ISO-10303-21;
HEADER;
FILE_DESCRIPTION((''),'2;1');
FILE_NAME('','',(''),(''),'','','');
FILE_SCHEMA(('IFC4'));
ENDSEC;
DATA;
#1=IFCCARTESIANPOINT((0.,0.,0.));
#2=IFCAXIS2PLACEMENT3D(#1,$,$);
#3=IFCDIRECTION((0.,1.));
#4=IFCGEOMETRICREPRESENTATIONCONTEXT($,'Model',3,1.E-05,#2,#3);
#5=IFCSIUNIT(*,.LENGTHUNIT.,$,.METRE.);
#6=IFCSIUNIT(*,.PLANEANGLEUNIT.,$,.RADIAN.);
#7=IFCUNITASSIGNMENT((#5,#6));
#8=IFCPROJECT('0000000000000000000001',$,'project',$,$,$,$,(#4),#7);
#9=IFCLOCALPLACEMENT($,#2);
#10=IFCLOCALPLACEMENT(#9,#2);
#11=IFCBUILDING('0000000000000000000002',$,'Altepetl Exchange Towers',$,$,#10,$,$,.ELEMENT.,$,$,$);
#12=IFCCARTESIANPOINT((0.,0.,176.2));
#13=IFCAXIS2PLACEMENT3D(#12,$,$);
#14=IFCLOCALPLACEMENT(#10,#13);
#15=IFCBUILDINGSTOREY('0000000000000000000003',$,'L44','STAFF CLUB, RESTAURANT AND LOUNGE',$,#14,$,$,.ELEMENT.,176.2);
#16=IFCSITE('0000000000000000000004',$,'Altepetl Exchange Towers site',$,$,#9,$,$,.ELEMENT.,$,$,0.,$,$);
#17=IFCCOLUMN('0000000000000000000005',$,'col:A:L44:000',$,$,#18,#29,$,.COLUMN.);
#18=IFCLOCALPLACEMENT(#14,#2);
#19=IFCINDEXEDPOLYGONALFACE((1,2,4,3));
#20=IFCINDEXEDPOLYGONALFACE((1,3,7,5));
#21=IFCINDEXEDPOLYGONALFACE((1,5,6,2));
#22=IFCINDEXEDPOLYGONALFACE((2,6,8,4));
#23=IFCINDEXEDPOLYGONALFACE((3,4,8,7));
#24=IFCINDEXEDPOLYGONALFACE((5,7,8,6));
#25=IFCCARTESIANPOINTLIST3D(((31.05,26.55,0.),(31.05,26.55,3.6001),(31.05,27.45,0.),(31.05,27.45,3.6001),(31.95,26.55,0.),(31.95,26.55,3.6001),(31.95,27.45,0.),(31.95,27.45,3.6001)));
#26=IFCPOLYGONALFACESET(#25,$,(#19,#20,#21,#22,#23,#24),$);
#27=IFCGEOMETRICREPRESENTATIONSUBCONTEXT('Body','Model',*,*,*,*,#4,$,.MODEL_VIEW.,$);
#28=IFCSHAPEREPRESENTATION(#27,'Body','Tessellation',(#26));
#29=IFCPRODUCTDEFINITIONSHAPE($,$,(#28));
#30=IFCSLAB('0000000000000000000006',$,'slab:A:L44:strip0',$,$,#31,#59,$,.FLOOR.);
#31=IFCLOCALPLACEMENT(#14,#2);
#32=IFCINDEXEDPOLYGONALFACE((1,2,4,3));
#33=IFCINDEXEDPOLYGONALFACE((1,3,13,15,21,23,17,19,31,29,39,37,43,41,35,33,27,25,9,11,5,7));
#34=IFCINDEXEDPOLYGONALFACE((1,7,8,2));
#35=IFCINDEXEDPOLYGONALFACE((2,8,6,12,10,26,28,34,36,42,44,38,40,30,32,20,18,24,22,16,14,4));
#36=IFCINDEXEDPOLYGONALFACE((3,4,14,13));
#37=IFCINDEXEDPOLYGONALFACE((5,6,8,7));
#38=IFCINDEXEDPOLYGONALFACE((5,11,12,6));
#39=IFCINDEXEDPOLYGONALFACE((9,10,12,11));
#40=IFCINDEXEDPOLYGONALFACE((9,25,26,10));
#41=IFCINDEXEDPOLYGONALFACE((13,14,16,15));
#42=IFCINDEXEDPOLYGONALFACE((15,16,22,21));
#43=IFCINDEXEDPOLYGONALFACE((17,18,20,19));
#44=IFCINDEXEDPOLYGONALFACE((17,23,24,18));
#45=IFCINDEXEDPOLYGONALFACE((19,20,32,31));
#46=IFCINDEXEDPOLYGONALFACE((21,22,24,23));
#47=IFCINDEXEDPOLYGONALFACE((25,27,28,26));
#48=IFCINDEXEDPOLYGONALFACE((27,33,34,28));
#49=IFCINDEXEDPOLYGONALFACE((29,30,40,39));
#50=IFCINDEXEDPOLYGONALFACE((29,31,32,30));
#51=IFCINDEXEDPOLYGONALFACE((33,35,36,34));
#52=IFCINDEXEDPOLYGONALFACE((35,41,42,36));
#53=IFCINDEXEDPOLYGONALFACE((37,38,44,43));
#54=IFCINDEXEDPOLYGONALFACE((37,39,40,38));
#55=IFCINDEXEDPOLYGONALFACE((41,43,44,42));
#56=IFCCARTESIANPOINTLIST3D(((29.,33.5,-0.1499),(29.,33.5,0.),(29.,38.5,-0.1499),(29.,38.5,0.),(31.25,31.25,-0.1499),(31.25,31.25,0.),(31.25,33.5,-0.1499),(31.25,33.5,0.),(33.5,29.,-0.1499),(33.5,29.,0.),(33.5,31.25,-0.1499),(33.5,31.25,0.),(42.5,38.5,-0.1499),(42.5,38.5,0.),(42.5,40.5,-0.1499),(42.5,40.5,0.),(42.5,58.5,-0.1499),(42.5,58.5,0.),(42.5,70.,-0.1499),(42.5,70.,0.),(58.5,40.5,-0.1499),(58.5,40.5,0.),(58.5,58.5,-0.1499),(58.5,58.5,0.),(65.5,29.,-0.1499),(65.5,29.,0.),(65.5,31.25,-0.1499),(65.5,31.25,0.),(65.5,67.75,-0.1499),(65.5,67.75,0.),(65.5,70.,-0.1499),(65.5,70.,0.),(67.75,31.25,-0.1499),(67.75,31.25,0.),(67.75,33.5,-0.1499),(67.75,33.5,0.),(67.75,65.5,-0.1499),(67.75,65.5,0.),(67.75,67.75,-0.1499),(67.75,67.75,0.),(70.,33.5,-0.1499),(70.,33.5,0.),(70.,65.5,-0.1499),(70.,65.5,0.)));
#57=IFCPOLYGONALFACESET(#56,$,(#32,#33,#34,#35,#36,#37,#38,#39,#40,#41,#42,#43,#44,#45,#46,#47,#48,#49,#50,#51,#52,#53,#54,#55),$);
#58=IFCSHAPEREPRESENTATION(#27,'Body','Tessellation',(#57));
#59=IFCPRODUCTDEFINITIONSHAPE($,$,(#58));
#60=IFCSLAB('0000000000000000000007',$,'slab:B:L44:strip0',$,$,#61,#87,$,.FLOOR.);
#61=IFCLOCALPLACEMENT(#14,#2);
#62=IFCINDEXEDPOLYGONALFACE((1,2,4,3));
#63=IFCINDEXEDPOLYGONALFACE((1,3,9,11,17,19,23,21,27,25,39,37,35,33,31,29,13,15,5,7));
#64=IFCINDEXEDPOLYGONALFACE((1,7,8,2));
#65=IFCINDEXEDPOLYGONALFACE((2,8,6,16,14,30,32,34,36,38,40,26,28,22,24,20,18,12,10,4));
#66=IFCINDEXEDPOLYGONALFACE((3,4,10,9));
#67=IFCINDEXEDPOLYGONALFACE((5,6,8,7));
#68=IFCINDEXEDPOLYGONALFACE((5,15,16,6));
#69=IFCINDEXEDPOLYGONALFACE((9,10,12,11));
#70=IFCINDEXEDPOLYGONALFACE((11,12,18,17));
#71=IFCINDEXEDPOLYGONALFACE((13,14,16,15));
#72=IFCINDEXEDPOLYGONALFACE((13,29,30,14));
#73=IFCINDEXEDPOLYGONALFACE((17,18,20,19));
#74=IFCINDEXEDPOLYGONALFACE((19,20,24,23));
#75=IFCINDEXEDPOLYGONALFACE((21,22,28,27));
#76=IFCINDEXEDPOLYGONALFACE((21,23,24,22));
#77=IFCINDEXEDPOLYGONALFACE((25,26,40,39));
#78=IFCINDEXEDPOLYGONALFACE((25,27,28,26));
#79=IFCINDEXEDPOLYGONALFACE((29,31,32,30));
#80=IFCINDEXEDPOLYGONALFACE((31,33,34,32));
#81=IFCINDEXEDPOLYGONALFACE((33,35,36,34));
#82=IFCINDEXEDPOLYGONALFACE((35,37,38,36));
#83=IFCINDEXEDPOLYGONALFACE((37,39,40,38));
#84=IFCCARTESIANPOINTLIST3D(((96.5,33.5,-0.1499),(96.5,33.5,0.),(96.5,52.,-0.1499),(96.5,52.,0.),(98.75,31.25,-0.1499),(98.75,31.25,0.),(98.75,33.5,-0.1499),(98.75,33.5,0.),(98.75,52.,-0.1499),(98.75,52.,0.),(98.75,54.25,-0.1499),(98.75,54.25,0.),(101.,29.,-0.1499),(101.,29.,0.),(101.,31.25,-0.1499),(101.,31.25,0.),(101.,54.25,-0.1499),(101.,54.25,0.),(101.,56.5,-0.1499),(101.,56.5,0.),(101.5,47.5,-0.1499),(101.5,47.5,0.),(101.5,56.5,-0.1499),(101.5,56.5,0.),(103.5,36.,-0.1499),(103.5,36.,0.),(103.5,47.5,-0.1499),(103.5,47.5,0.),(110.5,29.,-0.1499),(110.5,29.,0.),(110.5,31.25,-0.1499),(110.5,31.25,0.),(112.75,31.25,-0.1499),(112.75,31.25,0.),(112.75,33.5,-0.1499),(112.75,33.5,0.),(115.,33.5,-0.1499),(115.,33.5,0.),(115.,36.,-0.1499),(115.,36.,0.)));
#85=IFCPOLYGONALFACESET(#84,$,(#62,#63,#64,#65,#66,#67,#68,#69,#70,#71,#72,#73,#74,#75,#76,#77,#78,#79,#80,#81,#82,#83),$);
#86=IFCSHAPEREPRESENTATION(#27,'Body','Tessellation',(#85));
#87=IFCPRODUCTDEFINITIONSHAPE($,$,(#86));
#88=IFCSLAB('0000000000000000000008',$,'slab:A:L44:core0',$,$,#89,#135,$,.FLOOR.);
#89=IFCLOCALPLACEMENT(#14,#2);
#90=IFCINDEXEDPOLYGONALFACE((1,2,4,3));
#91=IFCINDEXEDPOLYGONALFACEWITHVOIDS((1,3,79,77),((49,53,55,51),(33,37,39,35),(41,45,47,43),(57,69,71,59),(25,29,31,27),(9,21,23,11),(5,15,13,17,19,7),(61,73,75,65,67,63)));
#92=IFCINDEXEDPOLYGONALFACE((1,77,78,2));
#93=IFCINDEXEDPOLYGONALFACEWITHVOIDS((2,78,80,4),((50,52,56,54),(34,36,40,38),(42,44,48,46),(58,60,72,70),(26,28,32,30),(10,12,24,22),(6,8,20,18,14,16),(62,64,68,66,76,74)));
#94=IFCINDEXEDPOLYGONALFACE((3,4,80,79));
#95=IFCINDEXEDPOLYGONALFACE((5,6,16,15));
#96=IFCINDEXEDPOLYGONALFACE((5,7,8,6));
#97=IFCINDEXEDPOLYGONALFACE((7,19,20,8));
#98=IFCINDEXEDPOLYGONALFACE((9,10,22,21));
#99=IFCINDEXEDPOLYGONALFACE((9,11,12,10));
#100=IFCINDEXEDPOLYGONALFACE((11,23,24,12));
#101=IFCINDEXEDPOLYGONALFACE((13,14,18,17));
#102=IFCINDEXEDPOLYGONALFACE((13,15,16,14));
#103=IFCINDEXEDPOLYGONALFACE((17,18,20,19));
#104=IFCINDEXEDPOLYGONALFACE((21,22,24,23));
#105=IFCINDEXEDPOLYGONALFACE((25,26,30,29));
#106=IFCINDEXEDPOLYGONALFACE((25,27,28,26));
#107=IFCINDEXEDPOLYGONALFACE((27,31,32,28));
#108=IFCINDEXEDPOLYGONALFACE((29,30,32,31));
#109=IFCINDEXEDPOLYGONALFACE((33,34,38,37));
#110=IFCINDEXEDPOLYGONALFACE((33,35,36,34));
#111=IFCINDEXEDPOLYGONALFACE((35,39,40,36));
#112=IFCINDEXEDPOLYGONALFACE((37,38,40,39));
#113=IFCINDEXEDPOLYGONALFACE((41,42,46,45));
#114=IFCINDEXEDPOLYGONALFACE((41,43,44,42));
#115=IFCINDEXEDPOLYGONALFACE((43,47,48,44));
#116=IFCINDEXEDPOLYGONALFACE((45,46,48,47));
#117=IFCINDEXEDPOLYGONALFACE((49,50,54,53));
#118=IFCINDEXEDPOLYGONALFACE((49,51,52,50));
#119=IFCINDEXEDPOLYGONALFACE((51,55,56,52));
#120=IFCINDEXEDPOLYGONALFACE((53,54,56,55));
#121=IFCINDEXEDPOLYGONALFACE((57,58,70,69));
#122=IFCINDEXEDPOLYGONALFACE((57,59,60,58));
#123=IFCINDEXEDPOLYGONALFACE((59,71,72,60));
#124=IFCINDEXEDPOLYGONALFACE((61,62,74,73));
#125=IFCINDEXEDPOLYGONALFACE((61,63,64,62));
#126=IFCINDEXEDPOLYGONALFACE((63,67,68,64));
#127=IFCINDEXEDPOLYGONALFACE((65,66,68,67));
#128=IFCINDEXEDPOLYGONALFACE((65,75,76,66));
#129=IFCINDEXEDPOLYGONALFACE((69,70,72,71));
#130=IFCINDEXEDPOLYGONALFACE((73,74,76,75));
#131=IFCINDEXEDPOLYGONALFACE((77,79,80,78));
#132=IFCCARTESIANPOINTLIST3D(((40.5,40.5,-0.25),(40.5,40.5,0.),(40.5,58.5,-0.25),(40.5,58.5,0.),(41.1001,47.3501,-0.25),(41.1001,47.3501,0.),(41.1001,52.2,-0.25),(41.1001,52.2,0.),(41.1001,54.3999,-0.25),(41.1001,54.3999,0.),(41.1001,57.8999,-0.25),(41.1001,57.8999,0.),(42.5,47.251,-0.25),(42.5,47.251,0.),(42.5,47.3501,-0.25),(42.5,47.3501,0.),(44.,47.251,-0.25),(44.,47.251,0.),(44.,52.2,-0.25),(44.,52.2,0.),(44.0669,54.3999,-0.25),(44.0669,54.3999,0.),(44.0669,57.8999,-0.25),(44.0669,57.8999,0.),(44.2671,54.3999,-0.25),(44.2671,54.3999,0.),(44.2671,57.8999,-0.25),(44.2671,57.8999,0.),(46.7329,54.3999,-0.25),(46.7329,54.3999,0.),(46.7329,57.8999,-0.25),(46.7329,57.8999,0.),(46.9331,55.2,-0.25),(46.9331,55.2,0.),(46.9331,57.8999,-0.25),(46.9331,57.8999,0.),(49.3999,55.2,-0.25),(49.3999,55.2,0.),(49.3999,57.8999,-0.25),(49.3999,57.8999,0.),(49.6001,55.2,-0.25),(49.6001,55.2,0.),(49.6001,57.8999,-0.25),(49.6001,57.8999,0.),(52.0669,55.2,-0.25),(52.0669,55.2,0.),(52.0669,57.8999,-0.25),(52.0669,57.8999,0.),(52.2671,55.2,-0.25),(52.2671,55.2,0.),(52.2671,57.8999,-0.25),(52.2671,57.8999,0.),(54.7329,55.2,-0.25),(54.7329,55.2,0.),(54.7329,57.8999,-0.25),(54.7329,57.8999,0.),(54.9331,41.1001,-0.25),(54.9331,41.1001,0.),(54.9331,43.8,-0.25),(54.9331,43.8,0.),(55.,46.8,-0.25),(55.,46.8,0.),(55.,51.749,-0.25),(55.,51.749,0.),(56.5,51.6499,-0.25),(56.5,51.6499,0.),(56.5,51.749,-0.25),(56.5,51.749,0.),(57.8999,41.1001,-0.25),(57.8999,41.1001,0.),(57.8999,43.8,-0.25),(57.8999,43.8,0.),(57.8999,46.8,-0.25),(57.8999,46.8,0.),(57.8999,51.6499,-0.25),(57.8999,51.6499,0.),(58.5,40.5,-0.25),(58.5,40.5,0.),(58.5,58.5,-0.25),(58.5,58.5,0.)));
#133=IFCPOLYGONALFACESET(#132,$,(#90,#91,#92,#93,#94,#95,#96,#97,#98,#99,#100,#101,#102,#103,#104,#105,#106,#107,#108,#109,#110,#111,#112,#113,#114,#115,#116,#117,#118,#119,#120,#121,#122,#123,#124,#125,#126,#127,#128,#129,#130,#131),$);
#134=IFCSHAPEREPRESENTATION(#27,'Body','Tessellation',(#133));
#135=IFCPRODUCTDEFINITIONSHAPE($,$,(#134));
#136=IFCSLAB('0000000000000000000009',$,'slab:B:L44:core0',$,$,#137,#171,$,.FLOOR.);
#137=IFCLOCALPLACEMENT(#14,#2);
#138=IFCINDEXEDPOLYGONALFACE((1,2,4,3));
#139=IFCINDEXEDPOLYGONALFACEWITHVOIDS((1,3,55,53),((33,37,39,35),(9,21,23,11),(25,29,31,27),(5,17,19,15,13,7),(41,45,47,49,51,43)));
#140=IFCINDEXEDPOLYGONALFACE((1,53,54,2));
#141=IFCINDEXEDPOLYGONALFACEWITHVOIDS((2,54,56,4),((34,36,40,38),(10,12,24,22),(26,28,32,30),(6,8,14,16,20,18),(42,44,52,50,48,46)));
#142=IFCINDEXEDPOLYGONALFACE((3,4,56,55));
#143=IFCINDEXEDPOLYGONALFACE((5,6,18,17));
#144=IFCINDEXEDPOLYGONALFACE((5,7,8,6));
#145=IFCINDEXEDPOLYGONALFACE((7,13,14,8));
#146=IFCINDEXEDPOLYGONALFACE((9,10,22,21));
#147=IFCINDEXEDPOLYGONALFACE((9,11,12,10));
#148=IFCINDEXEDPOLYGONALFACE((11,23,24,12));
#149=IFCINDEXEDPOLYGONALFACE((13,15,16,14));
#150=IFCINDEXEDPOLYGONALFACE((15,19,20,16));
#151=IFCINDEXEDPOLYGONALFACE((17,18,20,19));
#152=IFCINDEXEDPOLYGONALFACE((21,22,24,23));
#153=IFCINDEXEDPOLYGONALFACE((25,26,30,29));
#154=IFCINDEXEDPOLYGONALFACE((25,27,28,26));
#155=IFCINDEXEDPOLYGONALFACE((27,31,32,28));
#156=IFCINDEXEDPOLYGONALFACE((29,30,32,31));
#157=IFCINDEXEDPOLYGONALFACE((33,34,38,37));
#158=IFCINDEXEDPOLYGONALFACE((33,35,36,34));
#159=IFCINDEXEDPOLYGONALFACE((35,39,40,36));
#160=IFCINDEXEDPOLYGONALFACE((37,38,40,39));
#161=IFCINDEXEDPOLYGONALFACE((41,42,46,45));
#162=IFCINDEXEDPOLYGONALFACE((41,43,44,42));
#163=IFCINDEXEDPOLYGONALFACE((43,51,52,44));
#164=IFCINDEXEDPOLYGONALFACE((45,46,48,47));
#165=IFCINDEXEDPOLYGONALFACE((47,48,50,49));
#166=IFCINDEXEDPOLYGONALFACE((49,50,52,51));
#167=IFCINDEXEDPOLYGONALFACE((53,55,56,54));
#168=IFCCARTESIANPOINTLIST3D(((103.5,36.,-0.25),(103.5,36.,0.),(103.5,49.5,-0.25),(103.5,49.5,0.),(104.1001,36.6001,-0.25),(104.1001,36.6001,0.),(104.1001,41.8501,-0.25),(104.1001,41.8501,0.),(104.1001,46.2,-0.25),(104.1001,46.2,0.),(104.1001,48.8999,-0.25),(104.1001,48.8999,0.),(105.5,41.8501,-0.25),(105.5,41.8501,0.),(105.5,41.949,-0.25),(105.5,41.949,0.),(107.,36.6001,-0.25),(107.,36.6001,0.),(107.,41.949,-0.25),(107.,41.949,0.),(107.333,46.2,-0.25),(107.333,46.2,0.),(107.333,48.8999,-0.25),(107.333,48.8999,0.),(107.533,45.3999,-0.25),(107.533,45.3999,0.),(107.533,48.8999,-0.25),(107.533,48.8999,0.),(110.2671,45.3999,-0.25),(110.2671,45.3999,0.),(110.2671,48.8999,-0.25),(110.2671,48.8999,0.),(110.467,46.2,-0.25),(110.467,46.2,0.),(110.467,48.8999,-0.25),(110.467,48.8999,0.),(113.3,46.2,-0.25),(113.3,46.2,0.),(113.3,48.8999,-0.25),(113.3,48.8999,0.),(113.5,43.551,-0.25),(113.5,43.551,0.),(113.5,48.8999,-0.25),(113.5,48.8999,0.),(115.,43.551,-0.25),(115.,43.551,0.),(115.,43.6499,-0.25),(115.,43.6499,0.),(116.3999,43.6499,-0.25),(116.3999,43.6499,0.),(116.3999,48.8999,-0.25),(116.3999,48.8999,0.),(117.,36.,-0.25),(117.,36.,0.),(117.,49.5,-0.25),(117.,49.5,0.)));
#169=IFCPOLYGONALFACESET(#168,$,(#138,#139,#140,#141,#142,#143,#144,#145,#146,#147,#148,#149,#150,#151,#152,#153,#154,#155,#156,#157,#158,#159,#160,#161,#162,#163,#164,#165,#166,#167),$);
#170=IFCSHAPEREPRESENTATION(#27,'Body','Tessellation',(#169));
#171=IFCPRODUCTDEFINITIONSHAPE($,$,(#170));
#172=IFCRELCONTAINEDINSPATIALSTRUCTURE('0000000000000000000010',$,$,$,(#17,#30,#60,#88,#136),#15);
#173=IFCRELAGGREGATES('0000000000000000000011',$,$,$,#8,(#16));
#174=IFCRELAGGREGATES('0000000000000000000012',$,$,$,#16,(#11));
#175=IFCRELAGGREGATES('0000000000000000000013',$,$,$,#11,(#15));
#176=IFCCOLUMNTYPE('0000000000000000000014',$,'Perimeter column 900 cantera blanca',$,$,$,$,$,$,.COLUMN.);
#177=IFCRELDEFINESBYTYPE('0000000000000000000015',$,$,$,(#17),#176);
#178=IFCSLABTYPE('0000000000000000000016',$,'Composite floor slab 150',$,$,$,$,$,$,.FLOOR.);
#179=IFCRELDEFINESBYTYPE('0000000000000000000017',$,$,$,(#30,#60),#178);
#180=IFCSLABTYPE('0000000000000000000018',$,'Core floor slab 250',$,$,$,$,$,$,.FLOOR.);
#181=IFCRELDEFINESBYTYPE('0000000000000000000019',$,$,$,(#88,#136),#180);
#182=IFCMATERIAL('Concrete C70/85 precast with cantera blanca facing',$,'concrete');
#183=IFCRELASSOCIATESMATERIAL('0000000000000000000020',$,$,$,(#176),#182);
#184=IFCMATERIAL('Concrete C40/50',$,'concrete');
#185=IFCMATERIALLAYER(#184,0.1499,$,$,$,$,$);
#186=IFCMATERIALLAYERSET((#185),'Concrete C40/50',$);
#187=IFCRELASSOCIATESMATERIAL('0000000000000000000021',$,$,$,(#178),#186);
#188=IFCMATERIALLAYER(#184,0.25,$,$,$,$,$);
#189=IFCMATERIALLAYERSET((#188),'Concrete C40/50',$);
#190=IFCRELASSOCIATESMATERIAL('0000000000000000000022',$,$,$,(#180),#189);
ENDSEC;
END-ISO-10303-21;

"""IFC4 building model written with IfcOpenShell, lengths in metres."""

from ifc_helpers import new_model, si_unit, direction, frame, origin, origin_2d, place, context, subcontext, project, spatial, polyline, rectangle, outline, extrude, material, layer, layer_set, material_profile, profile_set, type_object, element, save


model = new_model("IFC4")

# Units and contexts
model_context = context("Model", 3, precision=1e-05, world=origin(), true_north=direction((0.0, 1.0)))
body_context = subcontext(model_context, "Body", "Model", "MODEL_VIEW")
ifc_project = project(units=[si_unit("LENGTHUNIT", "METRE"), si_unit("PLANEANGLEUNIT", "RADIAN")], contexts=[model_context])

# Site, building, storey
site_placement = place(None, origin())
site = spatial("IfcSite", under=ifc_project, at=site_placement, Name="Altepetl Exchange Towers site", CompositionType="ELEMENT", RefElevation=0.0)
building_placement = place(site_placement, origin())
building = spatial("IfcBuilding", under=site, at=building_placement, Name="Altepetl Exchange Towers", CompositionType="ELEMENT")
storey_placement = place(building_placement, frame((0.0, 0.0, 176.2)))
storey = spatial("IfcBuildingStorey", under=building, at=storey_placement, Name="L44", Description="STAFF CLUB, RESTAURANT AND LOUNGE", CompositionType="ELEMENT", Elevation=176.2)

# Column
ifc_material_1 = material(Name="Concrete C70/85 precast with cantera blanca facing", Category="concrete")
ifc_material_profile = material_profile(ifc_material_1, rectangle(XDim=0.8999, YDim=0.8999, at=origin_2d()), Name="900 x 900")
ifc_profile_set = profile_set([ifc_material_profile], Name="Concrete C70/85 precast with cantera blanca facing")
column_type = type_object("IfcColumnType", Name="Perimeter column 900 cantera blanca", PredefinedType="COLUMN", material=ifc_profile_set)
column_placement = place(storey_placement, frame((31.5, 27.0, 0.0)))
element("IfcColumn", 1, at=column_placement, inside=storey, type_object=column_type, Name="col:A:L44:000", PredefinedType="COLUMN", context=body_context, shape_type="SweptSolid", body=[
    extrude(rectangle(XDim=0.8999, YDim=0.8999, at=origin_2d()), origin(), (0.0, 0.0, 1.0), 3.6001),
])

# Slabs
ifc_material_2 = material(Name="Concrete C40/50", Category="concrete")
ifc_layer_1 = layer(ifc_material_2, 0.1499)
ifc_layer_set_1 = layer_set([ifc_layer_1], Name="Concrete C40/50")
slab_type_1 = type_object("IfcSlabType", Name="Composite floor slab 150", PredefinedType="FLOOR", material=ifc_layer_set_1)
slab_1_placement = place(storey_placement, frame((0.0, 0.0, -0.1499)))
element("IfcSlab", 2, at=slab_1_placement, inside=storey, type_object=slab_type_1, Name="slab:A:L44:strip0", PredefinedType="FLOOR", context=body_context, shape_type="SweptSolid", body=[
    extrude(outline(polyline([(42.5, 70.0), (42.5, 58.5), (58.5, 58.5), (58.5, 40.5), (42.5, 40.5), (42.5, 38.5), (29.0, 38.5), (29.0, 33.5), (31.25, 33.5), (31.25, 31.25), (33.5, 31.25), (33.5, 29.0), (65.5, 29.0), (65.5, 31.25), (67.75, 31.25), (67.75, 33.5), (70.0, 33.5), (70.0, 65.5), (67.75, 65.5), (67.75, 67.75), (65.5, 67.75), (65.5, 70.0), (42.5, 70.0)])), origin(), (0.0, 0.0, 1.0), 0.1499),
])
slab_2_placement = place(storey_placement, frame((0.0, 0.0, -0.1499)))
element("IfcSlab", 3, at=slab_2_placement, inside=storey, type_object=slab_type_1, Name="slab:B:L44:strip0", PredefinedType="FLOOR", context=body_context, shape_type="SweptSolid", body=[
    extrude(outline(polyline([(98.75, 31.25), (101.0, 31.25), (101.0, 29.0), (110.5, 29.0), (110.5, 31.25), (112.75, 31.25), (112.75, 33.5), (115.0, 33.5), (115.0, 36.0), (103.5, 36.0), (103.5, 47.5), (101.5, 47.5), (101.5, 56.5), (101.0, 56.5), (101.0, 54.25), (98.75, 54.25), (98.75, 52.0), (96.5, 52.0), (96.5, 33.5), (98.75, 33.5), (98.75, 31.25)])), origin(), (0.0, 0.0, 1.0), 0.1499),
])
ifc_layer_2 = layer(ifc_material_2, 0.25)
ifc_layer_set_2 = layer_set([ifc_layer_2], Name="Concrete C40/50")
slab_type_2 = type_object("IfcSlabType", Name="Core floor slab 250", PredefinedType="FLOOR", material=ifc_layer_set_2)
slab_3_placement = place(storey_placement, frame((0.0, 0.0, -0.25)))
element("IfcSlab", 4, at=slab_3_placement, inside=storey, type_object=slab_type_2, Name="slab:A:L44:core0", PredefinedType="FLOOR", context=body_context, shape_type="SweptSolid", body=[
    extrude(outline(polyline([(40.5, 40.5), (58.5, 40.5), (58.5, 58.5), (40.5, 58.5), (40.5, 40.5)]), holes=[polyline([(54.9331, 43.8), (57.8999, 43.8), (57.8999, 41.1001), (54.9331, 41.1001), (54.9331, 43.8)]), polyline([(55.0, 51.749), (56.5, 51.749), (56.5, 51.6499), (57.8999, 51.6499), (57.8999, 46.8), (55.0, 46.8), (55.0, 51.749)]), polyline([(44.0, 47.251), (42.5, 47.251), (42.5, 47.3501), (41.1001, 47.3501), (41.1001, 52.2), (44.0, 52.2), (44.0, 47.251)]), polyline([(41.1001, 57.8999), (44.0669, 57.8999), (44.0669, 54.3999), (41.1001, 54.3999), (41.1001, 57.8999)]), polyline([(44.2671, 57.8999), (46.7329, 57.8999), (46.7329, 54.3999), (44.2671, 54.3999), (44.2671, 57.8999)]), polyline([(46.9331, 57.8999), (49.3999, 57.8999), (49.3999, 55.2), (46.9331, 55.2), (46.9331, 57.8999)]), polyline([(49.6001, 57.8999), (52.0669, 57.8999), (52.0669, 55.2), (49.6001, 55.2), (49.6001, 57.8999)]), polyline([(52.2671, 57.8999), (54.7329, 57.8999), (54.7329, 55.2), (52.2671, 55.2), (52.2671, 57.8999)])]), origin(), (0.0, 0.0, 1.0), 0.25),
])
slab_4_placement = place(storey_placement, frame((0.0, 0.0, -0.25)))
element("IfcSlab", 5, at=slab_4_placement, inside=storey, type_object=slab_type_2, Name="slab:B:L44:core0", PredefinedType="FLOOR", context=body_context, shape_type="SweptSolid", body=[
    extrude(outline(polyline([(103.5, 36.0), (117.0, 36.0), (117.0, 49.5), (103.5, 49.5), (103.5, 36.0)]), holes=[polyline([(107.0, 36.6001), (104.1001, 36.6001), (104.1001, 41.8501), (105.5, 41.8501), (105.5, 41.949), (107.0, 41.949), (107.0, 36.6001)]), polyline([(113.5, 48.8999), (116.3999, 48.8999), (116.3999, 43.6499), (115.0, 43.6499), (115.0, 43.551), (113.5, 43.551), (113.5, 48.8999)]), polyline([(107.533, 45.3999), (107.533, 48.8999), (110.2671, 48.8999), (110.2671, 45.3999), (107.533, 45.3999)]), polyline([(104.1001, 48.8999), (107.333, 48.8999), (107.333, 46.2), (104.1001, 46.2), (104.1001, 48.8999)]), polyline([(110.467, 48.8999), (113.3, 48.8999), (113.3, 46.2), (110.467, 46.2), (110.467, 48.8999)])]), origin(), (0.0, 0.0, 1.0), 0.25),
])

save(model, "model.ifc")
